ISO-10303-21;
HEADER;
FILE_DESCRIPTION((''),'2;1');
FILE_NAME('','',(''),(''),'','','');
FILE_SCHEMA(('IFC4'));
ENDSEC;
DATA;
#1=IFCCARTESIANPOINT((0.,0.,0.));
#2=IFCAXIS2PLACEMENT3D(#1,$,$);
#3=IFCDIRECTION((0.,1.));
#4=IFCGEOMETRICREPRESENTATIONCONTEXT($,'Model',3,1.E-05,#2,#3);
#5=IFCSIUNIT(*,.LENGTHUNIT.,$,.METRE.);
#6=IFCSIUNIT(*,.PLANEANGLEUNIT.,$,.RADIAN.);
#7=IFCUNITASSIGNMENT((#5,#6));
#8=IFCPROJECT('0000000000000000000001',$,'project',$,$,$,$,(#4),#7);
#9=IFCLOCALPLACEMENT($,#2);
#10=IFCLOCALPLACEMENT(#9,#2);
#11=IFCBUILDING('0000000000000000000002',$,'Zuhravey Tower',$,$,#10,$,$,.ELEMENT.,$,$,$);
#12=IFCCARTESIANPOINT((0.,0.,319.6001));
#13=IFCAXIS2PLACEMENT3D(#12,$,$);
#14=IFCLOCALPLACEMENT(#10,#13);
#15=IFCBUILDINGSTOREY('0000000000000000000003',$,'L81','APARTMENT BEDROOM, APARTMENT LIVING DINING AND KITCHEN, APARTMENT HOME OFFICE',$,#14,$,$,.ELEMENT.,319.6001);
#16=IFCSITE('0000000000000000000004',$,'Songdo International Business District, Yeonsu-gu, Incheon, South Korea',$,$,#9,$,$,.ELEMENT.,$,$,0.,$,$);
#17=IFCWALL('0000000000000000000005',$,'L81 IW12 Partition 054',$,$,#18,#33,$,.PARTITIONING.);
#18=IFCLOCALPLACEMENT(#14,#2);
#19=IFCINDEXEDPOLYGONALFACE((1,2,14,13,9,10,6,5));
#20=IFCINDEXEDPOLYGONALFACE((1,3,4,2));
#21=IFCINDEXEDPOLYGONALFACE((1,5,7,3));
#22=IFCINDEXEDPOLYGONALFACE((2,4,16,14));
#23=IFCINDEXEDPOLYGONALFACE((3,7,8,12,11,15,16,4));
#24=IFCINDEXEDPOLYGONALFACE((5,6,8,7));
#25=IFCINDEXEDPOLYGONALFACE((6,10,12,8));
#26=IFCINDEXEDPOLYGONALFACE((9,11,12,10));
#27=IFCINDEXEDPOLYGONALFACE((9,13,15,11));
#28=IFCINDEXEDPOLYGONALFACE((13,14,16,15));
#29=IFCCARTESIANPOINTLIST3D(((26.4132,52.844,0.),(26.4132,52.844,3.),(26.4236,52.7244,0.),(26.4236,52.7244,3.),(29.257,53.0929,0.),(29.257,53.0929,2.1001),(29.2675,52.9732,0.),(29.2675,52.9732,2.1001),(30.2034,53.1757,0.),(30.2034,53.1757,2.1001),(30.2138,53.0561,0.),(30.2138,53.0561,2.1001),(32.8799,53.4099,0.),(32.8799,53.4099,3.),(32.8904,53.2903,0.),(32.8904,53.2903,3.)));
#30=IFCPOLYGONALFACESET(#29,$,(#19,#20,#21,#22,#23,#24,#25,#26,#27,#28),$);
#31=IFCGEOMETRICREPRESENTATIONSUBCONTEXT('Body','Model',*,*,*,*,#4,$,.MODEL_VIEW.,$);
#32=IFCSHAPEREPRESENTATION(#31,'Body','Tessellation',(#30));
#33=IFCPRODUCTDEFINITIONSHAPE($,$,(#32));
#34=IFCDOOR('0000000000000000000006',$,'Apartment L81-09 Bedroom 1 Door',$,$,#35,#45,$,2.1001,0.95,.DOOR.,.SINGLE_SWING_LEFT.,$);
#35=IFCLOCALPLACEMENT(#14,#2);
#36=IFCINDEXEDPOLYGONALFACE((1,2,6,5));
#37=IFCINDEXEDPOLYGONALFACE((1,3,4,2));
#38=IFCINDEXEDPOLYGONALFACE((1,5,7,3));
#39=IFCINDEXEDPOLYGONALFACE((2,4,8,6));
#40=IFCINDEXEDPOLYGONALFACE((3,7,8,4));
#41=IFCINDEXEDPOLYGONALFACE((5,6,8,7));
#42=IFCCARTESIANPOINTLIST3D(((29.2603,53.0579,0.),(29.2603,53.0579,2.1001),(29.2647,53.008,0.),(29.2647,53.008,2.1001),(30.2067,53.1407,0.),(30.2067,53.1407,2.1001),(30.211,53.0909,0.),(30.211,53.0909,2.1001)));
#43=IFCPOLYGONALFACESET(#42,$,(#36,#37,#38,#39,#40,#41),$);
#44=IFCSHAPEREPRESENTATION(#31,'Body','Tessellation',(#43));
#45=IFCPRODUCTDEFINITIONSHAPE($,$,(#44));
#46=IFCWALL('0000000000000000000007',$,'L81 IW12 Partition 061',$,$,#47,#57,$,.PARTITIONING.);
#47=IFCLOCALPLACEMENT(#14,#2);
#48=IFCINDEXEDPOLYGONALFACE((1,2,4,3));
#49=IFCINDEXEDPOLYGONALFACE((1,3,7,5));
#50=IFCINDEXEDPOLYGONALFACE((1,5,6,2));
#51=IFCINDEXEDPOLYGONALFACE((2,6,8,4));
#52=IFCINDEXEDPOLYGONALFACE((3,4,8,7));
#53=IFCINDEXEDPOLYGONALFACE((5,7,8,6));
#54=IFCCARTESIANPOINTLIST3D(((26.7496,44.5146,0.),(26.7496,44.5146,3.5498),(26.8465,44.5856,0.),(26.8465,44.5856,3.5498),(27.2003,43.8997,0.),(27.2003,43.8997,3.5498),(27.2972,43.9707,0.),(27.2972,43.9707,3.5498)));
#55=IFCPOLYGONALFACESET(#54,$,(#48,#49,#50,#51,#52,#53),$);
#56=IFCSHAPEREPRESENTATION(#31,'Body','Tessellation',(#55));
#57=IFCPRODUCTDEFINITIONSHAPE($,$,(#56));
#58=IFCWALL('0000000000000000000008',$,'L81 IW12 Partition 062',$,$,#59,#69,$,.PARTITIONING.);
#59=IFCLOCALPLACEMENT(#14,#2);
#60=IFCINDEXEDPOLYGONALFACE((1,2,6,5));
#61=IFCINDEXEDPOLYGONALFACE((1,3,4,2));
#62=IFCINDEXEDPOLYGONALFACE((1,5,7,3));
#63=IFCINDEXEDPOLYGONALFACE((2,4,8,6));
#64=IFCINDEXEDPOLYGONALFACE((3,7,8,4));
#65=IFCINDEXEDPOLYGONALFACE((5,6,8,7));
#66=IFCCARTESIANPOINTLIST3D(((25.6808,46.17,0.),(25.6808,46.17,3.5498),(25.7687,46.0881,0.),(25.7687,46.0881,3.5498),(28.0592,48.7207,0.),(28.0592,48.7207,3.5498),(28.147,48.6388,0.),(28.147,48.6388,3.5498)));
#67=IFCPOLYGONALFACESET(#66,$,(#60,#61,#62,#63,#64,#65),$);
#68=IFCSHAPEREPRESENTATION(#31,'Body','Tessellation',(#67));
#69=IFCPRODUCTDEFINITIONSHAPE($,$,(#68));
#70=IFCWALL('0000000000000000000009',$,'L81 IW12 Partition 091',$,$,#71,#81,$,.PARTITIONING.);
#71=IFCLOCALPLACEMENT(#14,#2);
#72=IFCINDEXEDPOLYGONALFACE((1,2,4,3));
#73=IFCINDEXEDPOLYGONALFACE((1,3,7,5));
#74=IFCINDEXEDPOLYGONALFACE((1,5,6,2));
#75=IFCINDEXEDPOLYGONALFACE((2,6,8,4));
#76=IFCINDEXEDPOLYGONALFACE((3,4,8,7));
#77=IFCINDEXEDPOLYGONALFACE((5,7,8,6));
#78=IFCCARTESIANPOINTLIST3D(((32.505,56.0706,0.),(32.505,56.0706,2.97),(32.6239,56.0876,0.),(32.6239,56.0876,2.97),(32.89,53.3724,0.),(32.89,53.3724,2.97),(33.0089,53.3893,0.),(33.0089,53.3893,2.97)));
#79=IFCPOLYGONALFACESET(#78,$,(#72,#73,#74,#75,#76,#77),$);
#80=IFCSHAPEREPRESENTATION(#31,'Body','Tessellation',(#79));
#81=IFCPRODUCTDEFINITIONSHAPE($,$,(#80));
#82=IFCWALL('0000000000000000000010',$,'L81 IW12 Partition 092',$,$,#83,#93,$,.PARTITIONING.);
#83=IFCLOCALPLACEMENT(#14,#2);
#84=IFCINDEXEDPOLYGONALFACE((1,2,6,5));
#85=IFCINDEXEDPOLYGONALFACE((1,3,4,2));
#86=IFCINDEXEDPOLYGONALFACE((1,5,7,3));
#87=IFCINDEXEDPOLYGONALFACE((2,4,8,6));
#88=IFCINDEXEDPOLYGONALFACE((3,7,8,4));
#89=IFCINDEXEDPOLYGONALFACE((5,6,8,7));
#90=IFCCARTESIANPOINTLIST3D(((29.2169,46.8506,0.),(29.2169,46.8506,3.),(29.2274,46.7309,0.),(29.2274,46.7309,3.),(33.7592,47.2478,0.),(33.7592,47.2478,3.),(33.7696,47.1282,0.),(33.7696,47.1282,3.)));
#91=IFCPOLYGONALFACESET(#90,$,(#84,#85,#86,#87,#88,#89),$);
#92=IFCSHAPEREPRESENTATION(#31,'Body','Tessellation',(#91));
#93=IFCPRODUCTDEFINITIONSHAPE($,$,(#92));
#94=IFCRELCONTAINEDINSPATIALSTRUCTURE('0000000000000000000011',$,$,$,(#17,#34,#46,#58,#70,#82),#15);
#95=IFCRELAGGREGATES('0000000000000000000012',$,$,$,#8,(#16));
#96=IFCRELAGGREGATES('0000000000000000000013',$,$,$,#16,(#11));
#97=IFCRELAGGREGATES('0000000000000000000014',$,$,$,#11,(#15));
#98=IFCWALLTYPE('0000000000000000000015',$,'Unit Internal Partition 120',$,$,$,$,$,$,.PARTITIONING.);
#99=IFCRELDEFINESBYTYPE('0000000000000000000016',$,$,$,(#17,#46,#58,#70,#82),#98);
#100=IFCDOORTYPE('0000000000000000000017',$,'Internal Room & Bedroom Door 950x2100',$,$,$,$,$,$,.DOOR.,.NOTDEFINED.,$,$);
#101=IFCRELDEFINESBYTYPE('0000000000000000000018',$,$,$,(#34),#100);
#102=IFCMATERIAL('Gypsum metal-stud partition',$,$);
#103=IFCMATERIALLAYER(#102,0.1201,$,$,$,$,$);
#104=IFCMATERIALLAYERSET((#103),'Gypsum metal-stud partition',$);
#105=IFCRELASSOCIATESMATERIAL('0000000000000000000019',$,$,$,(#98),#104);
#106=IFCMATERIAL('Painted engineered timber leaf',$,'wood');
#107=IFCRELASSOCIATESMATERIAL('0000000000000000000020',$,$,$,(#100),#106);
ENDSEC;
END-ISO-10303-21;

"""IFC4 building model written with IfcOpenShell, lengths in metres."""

from ifc_helpers import new_model, si_unit, direction, frame, frame_2d, origin, place, context, subcontext, project, spatial, rectangle, extrude, material, layer, layer_set, type_object, element, fill, save


model = new_model("IFC4")

# Units and contexts
model_context = context("Model", 3, precision=1e-05, world=origin(), true_north=direction((0.0, 1.0)))
body_context = subcontext(model_context, "Body", "Model", "MODEL_VIEW")
ifc_project = project(units=[si_unit("LENGTHUNIT", "METRE"), si_unit("PLANEANGLEUNIT", "RADIAN")], contexts=[model_context])

# Site, building, storey
site_placement = place(None, origin())
site = spatial("IfcSite", under=ifc_project, at=site_placement, Name="Songdo International Business District, Yeonsu-gu, Incheon, South Korea", CompositionType="ELEMENT", RefElevation=0.0)
building_placement = place(site_placement, origin())
building = spatial("IfcBuilding", under=site, at=building_placement, Name="Zuhravey Tower", CompositionType="ELEMENT")
storey_placement = place(building_placement, frame((0.0, 0.0, 319.6001)))
storey = spatial("IfcBuildingStorey", under=building, at=storey_placement, Name="L81", Description="APARTMENT BEDROOM, APARTMENT LIVING DINING AND KITCHEN, APARTMENT HOME OFFICE", CompositionType="ELEMENT", Elevation=319.6001)

# Wall, opening, door
ifc_material_1 = material(Name="Gypsum metal-stud partition")
ifc_layer_1 = layer(ifc_material_1, 0.1201)
ifc_layer_set_1 = layer_set([ifc_layer_1], Name="Gypsum metal-stud partition")
wall_type_1 = type_object("IfcWallType", Name="Unit Internal Partition 120", PredefinedType="PARTITIONING", material=ifc_layer_set_1)
ifc_material_2 = material(Name="Painted engineered timber leaf", Category="wood")
door_type_1 = type_object("IfcDoorType", Name="Internal Room & Bedroom Door 950x2100", OperationType="NOTDEFINED", PredefinedType="DOOR", material=ifc_material_2)
wall_1_placement = place(storey_placement, frame((32.885, 53.3501, 0.0), z_axis=(0.0, 0.0, 1.0), x_axis=(-0.996193, -0.087178, 0.0)))
wall_1 = element("IfcWall", 1, at=wall_1_placement, inside=storey, type_object=wall_type_1, Name="L81 IW12 Partition 054", PredefinedType="PARTITIONING", context=body_context, shape_type="SweptSolid", body=[
    extrude(rectangle(XDim=6.4915, YDim=0.1201, at=frame_2d((3.2456, 0.0))), origin(), (0.0, 0.0, 1.0), 3.0),
])
opening_1_placement = place(wall_1_placement, frame((2.6865, 0.0, 0.0)))
opening_1 = element("IfcOpeningElement", 2, at=opening_1_placement, cuts=wall_1, PredefinedType="OPENING", context=body_context, shape_type="SweptSolid", body=[
    extrude(rectangle(XDim=0.95, YDim=2.1001, at=frame_2d((0.4751, 1.05))), frame((0.0, 0.072, 0.0), z_axis=(0.0, -1.0, 0.0), x_axis=(1.0, 0.0, 0.0)), (0.0, 0.0, 1.0), 0.144),
])
door_1_placement = place(opening_1_placement, frame((0.95, 0.0, 0.0), z_axis=(0.0, 0.0, 1.0), x_axis=(-1.0, 0.0, 0.0)))
door_1 = element("IfcDoor", 3, at=door_1_placement, inside=storey, type_object=door_type_1, Name="Apartment L81-09 Bedroom 1 Door", OperationType="SINGLE_SWING_LEFT", OverallHeight=2.1001, OverallWidth=0.95, PredefinedType="DOOR", context=body_context, shape_type="SweptSolid", body=[
    extrude(rectangle(XDim=0.95, YDim=2.1001, at=frame_2d((0.4751, 1.05))), frame((0.0, 0.0249, 0.0), z_axis=(0.0, -1.0, 0.0), x_axis=(1.0, 0.0, 0.0)), (0.0, 0.0, 1.0), 0.05),
])
fill(opening_1, door_1)

# Walls
wall_2_placement = place(storey_placement, frame((27.2488, 43.9351, 0.0), z_axis=(0.0, 0.0, 1.0), x_axis=(-0.5911, 0.806598, 0.0)))
element("IfcWall", 4, at=wall_2_placement, inside=storey, type_object=wall_type_1, Name="L81 IW12 Partition 061", PredefinedType="PARTITIONING", context=body_context, shape_type="SweptSolid", body=[
    extrude(rectangle(XDim=0.7625, YDim=0.1201, at=frame_2d((0.3813, 0.0))), origin(), (0.0, 0.0, 1.0), 3.5498),
])
wall_3_placement = place(storey_placement, frame((28.103, 48.6797, 0.0), z_axis=(0.0, 0.0, 1.0), x_axis=(-0.681964, -0.731386, 0.0)))
element("IfcWall", 5, at=wall_3_placement, inside=storey, type_object=wall_type_1, Name="L81 IW12 Partition 062", PredefinedType="PARTITIONING", context=body_context, shape_type="SweptSolid", body=[
    extrude(rectangle(XDim=3.4875, YDim=0.1201, at=frame_2d((1.7437, 0.0))), origin(), (0.0, 0.0, 1.0), 3.5498),
])
wall_4_placement = place(storey_placement, frame((32.9495, 53.3809, 0.0), z_axis=(0.0, 0.0, 1.0), x_axis=(-0.141258, 0.989973, 0.0)))
element("IfcWall", 6, at=wall_4_placement, inside=storey, type_object=wall_type_1, Name="L81 IW12 Partition 091", PredefinedType="PARTITIONING", context=body_context, shape_type="SweptSolid", body=[
    extrude(rectangle(XDim=2.7256, YDim=0.1201, at=frame_2d((1.3628, 0.0))), origin(), (0.0, 0.0, 1.0), 2.97),
])
wall_5_placement = place(storey_placement, frame((33.7644, 47.188, 0.0), z_axis=(0.0, 0.0, 1.0), x_axis=(-0.996198, -0.087117, 0.0)))
element("IfcWall", 7, at=wall_5_placement, inside=storey, type_object=wall_type_1, Name="L81 IW12 Partition 092", PredefinedType="PARTITIONING", context=body_context, shape_type="SweptSolid", body=[
    extrude(rectangle(XDim=4.5596, YDim=0.1201, at=frame_2d((2.2798, 0.0))), origin(), (0.0, 0.0, 1.0), 3.0),
])

save(model, "model.ifc")
